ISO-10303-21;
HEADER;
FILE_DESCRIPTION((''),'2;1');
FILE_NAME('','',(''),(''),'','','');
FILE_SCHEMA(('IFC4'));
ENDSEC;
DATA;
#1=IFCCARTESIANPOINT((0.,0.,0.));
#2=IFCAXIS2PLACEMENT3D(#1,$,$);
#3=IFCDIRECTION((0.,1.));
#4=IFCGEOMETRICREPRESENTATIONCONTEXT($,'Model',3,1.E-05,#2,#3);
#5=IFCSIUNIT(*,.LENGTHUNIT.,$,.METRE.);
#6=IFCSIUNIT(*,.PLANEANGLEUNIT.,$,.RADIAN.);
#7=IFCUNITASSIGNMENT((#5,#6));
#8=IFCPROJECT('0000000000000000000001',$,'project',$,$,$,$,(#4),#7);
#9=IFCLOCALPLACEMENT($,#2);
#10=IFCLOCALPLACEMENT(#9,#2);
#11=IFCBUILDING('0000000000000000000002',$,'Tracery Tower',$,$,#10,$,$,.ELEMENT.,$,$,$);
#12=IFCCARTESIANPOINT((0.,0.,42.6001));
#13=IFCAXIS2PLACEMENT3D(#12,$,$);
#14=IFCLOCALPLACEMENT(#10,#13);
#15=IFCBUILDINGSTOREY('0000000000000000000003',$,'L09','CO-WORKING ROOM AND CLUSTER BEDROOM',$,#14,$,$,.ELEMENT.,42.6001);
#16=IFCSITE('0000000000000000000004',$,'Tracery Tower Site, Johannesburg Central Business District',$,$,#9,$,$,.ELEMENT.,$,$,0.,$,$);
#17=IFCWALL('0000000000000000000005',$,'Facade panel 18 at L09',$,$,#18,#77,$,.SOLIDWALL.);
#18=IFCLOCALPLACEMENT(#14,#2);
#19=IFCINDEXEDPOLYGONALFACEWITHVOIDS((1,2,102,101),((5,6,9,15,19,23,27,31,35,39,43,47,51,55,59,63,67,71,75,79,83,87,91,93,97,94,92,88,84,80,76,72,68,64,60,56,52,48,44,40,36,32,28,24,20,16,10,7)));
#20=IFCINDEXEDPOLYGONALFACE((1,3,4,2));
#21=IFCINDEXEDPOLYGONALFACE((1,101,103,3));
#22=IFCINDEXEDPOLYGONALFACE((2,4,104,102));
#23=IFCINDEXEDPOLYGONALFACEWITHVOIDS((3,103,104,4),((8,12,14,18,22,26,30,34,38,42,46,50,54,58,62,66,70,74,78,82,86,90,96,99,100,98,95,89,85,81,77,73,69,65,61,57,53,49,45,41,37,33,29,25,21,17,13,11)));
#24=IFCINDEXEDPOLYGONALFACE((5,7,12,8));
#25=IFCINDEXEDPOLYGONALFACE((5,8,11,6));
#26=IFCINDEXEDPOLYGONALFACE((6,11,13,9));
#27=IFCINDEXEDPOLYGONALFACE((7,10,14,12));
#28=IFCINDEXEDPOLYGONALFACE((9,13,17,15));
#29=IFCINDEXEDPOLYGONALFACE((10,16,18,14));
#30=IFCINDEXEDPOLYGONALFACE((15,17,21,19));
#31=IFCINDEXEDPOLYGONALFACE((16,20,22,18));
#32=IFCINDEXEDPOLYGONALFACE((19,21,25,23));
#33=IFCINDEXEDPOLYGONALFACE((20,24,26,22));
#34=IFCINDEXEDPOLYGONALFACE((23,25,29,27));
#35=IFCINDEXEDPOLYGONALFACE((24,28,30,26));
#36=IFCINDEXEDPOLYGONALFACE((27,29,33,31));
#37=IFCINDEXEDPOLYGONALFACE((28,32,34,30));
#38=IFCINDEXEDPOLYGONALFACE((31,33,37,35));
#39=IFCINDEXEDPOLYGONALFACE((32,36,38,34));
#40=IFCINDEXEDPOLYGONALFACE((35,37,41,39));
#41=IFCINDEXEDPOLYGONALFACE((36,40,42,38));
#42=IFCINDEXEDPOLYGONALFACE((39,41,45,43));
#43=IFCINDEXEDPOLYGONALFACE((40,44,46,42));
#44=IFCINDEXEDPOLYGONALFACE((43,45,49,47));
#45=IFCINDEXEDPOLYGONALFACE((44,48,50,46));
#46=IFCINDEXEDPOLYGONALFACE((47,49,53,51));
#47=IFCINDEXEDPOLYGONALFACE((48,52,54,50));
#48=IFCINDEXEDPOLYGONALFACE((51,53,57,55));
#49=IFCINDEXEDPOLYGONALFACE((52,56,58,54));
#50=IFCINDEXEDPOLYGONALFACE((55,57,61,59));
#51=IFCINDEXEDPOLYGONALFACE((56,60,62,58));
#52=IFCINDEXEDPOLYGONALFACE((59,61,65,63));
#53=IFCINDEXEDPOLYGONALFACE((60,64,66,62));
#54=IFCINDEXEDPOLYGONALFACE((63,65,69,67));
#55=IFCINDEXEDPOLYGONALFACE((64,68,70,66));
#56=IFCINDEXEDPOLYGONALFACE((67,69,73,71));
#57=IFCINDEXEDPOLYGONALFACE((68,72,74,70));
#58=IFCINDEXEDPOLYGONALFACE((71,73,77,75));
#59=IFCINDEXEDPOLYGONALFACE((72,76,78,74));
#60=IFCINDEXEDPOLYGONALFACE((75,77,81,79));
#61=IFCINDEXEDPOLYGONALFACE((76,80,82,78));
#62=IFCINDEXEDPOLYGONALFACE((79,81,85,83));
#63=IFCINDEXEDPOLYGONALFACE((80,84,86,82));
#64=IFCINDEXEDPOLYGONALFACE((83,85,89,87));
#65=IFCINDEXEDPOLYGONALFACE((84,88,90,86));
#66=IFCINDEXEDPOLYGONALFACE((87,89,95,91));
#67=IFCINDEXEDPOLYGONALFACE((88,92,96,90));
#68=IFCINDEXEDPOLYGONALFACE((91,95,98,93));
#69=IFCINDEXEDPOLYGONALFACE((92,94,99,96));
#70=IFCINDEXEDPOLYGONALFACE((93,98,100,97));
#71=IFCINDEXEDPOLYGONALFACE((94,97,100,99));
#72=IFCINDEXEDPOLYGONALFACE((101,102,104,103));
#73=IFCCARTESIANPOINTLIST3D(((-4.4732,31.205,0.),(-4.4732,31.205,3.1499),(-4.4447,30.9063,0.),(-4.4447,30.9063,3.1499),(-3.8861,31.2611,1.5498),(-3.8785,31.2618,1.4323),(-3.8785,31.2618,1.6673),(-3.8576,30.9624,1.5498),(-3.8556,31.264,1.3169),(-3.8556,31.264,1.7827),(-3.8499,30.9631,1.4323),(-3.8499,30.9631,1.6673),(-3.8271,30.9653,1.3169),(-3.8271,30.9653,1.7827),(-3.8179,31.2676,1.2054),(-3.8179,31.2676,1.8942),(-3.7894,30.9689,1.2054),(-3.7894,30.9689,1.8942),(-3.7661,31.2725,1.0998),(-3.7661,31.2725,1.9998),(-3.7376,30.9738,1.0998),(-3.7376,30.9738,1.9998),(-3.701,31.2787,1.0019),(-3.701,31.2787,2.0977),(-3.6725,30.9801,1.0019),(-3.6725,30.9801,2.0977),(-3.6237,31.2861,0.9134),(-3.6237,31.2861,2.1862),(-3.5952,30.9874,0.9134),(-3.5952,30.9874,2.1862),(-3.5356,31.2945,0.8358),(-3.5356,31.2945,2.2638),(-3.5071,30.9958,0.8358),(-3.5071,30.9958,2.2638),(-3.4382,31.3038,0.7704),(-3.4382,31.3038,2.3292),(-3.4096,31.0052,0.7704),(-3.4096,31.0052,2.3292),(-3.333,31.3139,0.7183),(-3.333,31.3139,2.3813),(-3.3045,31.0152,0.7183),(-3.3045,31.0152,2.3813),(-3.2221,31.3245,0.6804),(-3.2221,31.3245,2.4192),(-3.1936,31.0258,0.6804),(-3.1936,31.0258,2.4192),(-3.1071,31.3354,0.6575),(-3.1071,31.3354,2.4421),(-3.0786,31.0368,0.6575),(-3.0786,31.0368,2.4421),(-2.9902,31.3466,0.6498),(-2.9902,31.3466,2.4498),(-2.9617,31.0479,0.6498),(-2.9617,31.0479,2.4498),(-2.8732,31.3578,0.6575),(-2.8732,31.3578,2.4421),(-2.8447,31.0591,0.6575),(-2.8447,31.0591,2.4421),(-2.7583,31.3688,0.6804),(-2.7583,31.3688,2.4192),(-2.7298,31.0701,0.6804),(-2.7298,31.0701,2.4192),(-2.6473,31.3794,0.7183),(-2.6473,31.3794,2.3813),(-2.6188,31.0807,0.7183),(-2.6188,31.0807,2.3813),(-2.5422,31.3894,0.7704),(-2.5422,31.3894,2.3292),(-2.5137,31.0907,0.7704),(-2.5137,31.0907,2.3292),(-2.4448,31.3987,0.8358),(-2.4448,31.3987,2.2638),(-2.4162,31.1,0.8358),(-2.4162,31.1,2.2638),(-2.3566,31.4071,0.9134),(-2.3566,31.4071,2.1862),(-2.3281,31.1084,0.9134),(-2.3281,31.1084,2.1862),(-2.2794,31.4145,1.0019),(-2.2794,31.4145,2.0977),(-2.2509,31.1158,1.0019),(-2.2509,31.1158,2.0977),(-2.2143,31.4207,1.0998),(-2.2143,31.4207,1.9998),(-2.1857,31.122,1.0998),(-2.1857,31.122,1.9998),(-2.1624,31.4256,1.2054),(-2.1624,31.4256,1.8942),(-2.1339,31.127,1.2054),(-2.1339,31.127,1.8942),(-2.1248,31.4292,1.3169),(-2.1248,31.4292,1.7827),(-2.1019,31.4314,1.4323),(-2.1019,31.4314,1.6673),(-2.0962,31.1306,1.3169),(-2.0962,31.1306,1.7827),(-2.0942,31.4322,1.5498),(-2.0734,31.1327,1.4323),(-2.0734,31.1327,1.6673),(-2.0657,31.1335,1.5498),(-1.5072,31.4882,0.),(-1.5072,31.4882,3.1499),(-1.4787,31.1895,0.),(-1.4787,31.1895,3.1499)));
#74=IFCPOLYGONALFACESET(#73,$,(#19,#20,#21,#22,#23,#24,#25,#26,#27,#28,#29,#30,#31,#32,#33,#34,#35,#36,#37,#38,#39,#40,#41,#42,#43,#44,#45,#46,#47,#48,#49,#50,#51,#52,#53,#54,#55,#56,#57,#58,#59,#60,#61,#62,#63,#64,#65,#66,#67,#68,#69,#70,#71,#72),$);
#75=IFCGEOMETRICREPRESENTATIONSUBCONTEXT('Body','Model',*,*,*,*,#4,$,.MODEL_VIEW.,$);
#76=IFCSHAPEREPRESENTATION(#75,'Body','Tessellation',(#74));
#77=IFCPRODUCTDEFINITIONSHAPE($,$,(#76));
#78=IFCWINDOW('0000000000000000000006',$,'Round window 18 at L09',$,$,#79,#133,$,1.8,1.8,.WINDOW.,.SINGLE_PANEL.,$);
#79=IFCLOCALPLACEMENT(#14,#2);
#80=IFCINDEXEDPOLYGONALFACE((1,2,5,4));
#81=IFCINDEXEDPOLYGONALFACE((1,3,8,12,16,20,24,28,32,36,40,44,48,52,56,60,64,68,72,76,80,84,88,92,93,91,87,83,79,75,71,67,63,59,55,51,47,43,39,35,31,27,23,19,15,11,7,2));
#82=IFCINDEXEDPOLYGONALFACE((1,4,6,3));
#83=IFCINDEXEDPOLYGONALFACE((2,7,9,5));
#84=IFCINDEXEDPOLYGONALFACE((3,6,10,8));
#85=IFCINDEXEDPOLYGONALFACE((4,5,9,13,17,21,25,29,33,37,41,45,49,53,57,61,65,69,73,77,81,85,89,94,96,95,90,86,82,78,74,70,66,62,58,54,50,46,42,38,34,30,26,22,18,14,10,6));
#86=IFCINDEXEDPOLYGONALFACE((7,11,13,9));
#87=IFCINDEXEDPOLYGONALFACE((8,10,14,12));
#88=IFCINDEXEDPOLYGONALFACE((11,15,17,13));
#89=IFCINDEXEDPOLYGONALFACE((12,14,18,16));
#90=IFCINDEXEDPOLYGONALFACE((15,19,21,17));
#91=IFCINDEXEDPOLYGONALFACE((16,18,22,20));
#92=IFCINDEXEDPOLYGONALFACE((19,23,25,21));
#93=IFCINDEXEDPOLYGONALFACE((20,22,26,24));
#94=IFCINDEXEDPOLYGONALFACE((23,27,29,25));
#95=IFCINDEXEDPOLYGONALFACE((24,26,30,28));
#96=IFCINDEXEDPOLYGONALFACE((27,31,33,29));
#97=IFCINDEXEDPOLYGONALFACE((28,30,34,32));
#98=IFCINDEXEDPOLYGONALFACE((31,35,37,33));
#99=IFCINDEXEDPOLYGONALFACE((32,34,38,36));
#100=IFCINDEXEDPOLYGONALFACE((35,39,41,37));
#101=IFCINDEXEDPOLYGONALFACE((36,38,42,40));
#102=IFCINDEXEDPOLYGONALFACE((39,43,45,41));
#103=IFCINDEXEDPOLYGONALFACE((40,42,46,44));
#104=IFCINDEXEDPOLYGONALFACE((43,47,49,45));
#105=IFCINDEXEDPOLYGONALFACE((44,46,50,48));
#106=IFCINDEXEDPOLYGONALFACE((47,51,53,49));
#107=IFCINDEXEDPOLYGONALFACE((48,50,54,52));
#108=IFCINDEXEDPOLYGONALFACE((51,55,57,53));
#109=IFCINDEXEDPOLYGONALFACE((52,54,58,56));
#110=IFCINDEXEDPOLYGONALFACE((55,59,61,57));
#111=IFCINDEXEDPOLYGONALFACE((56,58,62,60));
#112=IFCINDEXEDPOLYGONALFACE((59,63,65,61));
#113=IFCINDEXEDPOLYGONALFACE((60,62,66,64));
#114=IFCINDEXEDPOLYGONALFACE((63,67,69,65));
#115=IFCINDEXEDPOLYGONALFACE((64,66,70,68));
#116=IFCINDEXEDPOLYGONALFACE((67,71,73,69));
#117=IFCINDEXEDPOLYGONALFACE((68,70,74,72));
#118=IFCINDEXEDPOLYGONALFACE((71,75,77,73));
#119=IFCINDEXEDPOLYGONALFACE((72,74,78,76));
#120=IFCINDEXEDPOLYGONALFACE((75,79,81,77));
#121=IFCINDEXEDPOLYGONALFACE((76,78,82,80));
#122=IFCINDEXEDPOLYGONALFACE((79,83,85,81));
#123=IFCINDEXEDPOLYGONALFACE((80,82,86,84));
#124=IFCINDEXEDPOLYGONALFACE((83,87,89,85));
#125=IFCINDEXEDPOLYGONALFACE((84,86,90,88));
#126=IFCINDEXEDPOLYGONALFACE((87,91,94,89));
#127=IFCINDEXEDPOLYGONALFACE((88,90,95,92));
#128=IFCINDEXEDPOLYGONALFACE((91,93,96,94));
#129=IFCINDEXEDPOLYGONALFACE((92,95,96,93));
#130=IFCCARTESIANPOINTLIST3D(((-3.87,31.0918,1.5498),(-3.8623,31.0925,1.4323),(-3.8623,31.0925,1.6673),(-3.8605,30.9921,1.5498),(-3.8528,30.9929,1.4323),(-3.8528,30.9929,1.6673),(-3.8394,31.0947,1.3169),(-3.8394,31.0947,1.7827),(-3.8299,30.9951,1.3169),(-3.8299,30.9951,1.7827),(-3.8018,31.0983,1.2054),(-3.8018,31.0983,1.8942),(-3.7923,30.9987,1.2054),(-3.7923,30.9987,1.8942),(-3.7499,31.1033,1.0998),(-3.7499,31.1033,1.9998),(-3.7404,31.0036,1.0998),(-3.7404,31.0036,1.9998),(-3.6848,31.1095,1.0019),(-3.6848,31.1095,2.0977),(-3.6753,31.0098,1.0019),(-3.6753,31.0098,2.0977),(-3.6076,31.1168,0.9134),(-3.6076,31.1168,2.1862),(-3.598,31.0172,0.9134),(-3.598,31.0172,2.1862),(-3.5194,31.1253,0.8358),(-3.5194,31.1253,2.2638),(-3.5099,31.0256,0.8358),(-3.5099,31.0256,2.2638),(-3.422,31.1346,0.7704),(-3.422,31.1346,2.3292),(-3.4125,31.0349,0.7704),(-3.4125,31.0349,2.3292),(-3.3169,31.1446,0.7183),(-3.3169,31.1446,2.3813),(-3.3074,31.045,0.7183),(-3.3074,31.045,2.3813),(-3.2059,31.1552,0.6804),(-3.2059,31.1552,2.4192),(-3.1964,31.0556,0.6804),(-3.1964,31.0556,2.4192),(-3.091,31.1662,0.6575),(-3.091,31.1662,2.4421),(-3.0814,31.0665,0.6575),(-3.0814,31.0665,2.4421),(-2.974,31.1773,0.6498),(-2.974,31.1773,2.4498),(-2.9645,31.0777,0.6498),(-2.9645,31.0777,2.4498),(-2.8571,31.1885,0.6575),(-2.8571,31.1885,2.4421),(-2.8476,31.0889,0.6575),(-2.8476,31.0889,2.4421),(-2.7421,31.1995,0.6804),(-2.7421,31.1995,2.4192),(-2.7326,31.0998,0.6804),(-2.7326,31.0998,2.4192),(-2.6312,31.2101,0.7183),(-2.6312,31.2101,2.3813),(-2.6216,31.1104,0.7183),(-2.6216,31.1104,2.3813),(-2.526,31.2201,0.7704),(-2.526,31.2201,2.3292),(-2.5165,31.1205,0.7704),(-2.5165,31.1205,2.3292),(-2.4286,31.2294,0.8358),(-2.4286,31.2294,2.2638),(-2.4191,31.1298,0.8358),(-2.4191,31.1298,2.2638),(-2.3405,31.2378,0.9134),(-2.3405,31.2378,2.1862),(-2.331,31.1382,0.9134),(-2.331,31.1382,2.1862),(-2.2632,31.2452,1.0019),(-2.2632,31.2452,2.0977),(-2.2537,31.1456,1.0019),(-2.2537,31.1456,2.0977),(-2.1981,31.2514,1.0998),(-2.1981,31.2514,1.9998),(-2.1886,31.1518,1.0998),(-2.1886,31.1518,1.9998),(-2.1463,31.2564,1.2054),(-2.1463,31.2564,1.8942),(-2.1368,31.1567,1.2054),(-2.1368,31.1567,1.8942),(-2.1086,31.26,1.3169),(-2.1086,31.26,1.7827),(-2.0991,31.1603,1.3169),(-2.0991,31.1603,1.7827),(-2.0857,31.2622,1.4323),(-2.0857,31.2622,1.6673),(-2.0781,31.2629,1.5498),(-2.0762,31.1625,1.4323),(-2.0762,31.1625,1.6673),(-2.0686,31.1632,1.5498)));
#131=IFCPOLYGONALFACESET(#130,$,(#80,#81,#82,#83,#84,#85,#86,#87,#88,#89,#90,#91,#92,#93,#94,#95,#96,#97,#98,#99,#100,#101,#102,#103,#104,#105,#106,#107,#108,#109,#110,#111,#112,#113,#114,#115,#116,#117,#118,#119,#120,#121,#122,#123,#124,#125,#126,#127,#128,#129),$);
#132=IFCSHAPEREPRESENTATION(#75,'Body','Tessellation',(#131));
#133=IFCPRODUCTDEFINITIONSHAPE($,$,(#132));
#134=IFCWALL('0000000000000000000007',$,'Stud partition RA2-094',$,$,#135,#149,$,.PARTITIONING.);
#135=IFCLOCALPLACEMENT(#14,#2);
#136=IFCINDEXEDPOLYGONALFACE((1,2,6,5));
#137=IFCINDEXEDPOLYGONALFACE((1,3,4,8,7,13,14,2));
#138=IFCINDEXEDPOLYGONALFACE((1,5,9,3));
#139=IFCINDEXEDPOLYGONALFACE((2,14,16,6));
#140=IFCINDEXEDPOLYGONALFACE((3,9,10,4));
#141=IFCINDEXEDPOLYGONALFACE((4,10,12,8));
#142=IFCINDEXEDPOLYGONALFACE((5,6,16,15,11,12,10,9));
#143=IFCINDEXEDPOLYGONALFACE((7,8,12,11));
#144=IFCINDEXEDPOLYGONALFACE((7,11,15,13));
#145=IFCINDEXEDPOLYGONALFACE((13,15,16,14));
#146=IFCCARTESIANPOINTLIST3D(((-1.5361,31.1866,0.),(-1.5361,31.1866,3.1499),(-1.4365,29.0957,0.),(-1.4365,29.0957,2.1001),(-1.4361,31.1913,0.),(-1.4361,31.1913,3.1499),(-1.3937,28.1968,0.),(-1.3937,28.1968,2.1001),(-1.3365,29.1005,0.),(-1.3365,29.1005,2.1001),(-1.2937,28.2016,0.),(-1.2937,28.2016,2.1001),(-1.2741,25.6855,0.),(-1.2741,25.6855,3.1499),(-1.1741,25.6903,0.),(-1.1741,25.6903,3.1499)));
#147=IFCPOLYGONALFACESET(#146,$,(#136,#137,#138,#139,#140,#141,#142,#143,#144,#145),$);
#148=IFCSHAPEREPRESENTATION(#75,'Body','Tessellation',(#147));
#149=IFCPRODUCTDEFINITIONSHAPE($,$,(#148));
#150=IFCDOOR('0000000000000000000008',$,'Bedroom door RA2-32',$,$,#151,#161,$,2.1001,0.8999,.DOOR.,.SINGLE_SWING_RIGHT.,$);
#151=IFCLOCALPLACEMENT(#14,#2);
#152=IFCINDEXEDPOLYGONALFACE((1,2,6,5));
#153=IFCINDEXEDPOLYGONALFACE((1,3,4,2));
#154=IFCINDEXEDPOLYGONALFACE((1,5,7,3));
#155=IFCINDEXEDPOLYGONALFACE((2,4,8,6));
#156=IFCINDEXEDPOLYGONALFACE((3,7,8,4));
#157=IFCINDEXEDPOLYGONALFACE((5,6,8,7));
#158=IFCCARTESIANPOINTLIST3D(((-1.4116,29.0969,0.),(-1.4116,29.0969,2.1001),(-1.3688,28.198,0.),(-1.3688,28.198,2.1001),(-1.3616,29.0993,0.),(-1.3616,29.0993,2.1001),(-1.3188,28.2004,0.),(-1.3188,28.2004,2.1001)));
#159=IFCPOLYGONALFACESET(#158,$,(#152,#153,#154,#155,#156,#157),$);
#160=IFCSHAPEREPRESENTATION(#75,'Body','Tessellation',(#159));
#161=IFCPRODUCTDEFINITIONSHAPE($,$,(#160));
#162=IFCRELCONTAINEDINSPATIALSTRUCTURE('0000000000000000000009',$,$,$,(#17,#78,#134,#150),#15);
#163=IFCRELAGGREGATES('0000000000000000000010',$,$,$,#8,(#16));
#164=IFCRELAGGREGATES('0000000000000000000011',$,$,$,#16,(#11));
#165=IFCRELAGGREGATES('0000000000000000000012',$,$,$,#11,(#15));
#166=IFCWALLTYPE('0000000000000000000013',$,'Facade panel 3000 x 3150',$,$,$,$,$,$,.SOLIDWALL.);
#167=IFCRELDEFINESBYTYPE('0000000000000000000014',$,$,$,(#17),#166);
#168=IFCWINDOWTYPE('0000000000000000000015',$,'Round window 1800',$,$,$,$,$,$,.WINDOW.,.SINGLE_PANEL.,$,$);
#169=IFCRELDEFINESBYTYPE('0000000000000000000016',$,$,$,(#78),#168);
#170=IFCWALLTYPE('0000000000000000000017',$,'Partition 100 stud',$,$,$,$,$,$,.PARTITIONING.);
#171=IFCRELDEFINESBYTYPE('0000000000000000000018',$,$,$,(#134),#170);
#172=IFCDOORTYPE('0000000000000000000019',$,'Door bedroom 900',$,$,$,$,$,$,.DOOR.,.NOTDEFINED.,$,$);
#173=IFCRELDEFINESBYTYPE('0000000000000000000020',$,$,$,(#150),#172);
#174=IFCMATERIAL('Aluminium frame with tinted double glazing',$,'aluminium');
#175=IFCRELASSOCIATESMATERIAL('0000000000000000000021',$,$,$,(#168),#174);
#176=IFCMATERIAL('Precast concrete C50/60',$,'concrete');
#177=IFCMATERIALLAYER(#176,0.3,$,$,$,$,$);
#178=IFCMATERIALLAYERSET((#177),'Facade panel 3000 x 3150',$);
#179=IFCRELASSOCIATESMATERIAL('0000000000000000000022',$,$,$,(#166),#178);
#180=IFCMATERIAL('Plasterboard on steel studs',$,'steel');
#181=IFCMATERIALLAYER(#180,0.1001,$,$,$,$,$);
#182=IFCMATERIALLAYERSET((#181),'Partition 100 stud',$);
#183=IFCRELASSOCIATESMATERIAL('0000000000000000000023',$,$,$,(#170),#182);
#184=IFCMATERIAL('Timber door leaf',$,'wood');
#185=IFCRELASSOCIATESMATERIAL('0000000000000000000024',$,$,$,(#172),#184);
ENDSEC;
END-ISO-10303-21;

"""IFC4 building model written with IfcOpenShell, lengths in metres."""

from ifc_helpers import new_model, si_unit, direction, frame, frame_2d, origin, origin_2d, place, context, subcontext, project, spatial, rectangle, circle, extrude, material, layer, layer_set, type_object, element, fill, save


model = new_model("IFC4")

# Units and contexts
model_context = context("Model", 3, precision=1e-05, world=origin(), true_north=direction((0.0, 1.0)))
body_context = subcontext(model_context, "Body", "Model", "MODEL_VIEW")
ifc_project = project(units=[si_unit("LENGTHUNIT", "METRE"), si_unit("PLANEANGLEUNIT", "RADIAN")], contexts=[model_context])

# Site, building, storey
site_placement = place(None, origin())
site = spatial("IfcSite", under=ifc_project, at=site_placement, Name="Tracery Tower Site, Johannesburg Central Business District", CompositionType="ELEMENT", RefElevation=0.0)
building_placement = place(site_placement, origin())
building = spatial("IfcBuilding", under=site, at=building_placement, Name="Tracery Tower", CompositionType="ELEMENT")
storey_placement = place(building_placement, frame((0.0, 0.0, 42.6001)))
storey = spatial("IfcBuildingStorey", under=building, at=storey_placement, Name="L09", Description="CO-WORKING ROOM AND CLUSTER BEDROOM", CompositionType="ELEMENT", Elevation=42.6001)

# Wall, opening, window
ifc_material_1 = material(Name="Aluminium frame with tinted double glazing", Category="aluminium")
window_type = type_object("IfcWindowType", Name="Round window 1800", PartitioningType="SINGLE_PANEL", PredefinedType="WINDOW", material=ifc_material_1)
ifc_material_2 = material(Name="Precast concrete C50/60", Category="concrete")
ifc_layer_1 = layer(ifc_material_2, 0.3)
ifc_layer_set_1 = layer_set([ifc_layer_1], Name="Facade panel 3000 x 3150")
wall_type_1 = type_object("IfcWallType", Name="Facade panel 3000 x 3150", PredefinedType="SOLIDWALL", material=ifc_layer_set_1)
wall_1_placement = place(storey_placement, frame((-1.4929, 31.3389, 0.0), z_axis=(0.0, 0.0, 1.0), x_axis=(-0.995473, -0.095049, 0.0)))
wall_1 = element("IfcWall", 1, at=wall_1_placement, inside=storey, type_object=wall_type_1, Name="Facade panel 18 at L09", PredefinedType="SOLIDWALL", context=body_context, shape_type="SweptSolid", body=[
    extrude(rectangle(XDim=2.9795, YDim=0.3, at=frame_2d((1.4897, 0.0))), origin(), (0.0, 0.0, 1.0), 3.1499),
])
opening_1_placement = place(wall_1_placement, frame((1.4897, 0.0, 1.5498)))
opening_1 = element("IfcOpeningElement", 2, at=opening_1_placement, cuts=wall_1, PredefinedType="OPENING", context=body_context, shape_type="SweptSolid", body=[
    extrude(circle(Radius=0.9, at=origin_2d()), frame((0.0, 0.1599, 0.0), z_axis=(0.0, -1.0, 0.0), x_axis=(1.0, 0.0, 0.0)), (0.0, 0.0, 1.0), 0.3201),
])
window_1_placement = place(opening_1_placement, origin())
window_1 = element("IfcWindow", 3, at=window_1_placement, inside=storey, type_object=window_type, Name="Round window 18 at L09", OverallHeight=1.8, OverallWidth=1.8, PartitioningType="SINGLE_PANEL", PredefinedType="WINDOW", context=body_context, shape_type="SweptSolid", body=[
    extrude(circle(Radius=0.9, at=origin_2d()), frame((0.0, 0.1201, 0.0), z_axis=(0.0, -1.0, 0.0), x_axis=(1.0, 0.0, 0.0)), (0.0, 0.0, 1.0), 0.1001),
])
fill(opening_1, window_1)

# Wall, opening, door
ifc_material_3 = material(Name="Plasterboard on steel studs", Category="steel")
ifc_layer_2 = layer(ifc_material_3, 0.1001)
ifc_layer_set_2 = layer_set([ifc_layer_2], Name="Partition 100 stud")
wall_type_2 = type_object("IfcWallType", Name="Partition 100 stud", PredefinedType="PARTITIONING", material=ifc_layer_set_2)
wall_2_placement = place(storey_placement, frame((-1.4861, 31.189, 0.0), z_axis=(0.0, 0.0, 1.0), x_axis=(0.047567, -0.998868, 0.0)))
wall_2 = element("IfcWall", 4, at=wall_2_placement, inside=storey, type_object=wall_type_2, Name="Stud partition RA2-094", PredefinedType="PARTITIONING", context=body_context, shape_type="SweptSolid", body=[
    extrude(rectangle(XDim=5.5073, YDim=0.1001, at=frame_2d((2.7537, 0.0))), origin(), (0.0, 0.0, 1.0), 3.1499),
])
opening_2_placement = place(wall_2_placement, frame((2.0933, 0.0, 0.0)))
opening_2 = element("IfcOpeningElement", 5, at=opening_2_placement, cuts=wall_2, PredefinedType="OPENING", context=body_context, shape_type="SweptSolid", body=[
    extrude(rectangle(XDim=0.8999, YDim=2.1001, at=frame_2d((0.45, 1.05))), frame((0.0, 0.05, 0.0), z_axis=(0.0, -1.0, 0.0), x_axis=(1.0, 0.0, 0.0)), (0.0, 0.0, 1.0), 0.1001),
])
ifc_material_4 = material(Name="Timber door leaf", Category="wood")
door_type_1 = type_object("IfcDoorType", Name="Door bedroom 900", OperationType="NOTDEFINED", PredefinedType="DOOR", material=ifc_material_4)
door_1_placement = place(opening_2_placement, origin())
door_1 = element("IfcDoor", 6, at=door_1_placement, inside=storey, type_object=door_type_1, Name="Bedroom door RA2-32", OperationType="SINGLE_SWING_RIGHT", OverallHeight=2.1001, OverallWidth=0.8999, PredefinedType="DOOR", context=body_context, shape_type="SweptSolid", body=[
    extrude(rectangle(XDim=0.8999, YDim=2.1001, at=frame_2d((0.45, 1.05))), frame((0.0, 0.0249, 0.0), z_axis=(0.0, -1.0, 0.0), x_axis=(1.0, 0.0, 0.0)), (0.0, 0.0, 1.0), 0.05),
])
fill(opening_2, door_1)

save(model, "model.ifc")
